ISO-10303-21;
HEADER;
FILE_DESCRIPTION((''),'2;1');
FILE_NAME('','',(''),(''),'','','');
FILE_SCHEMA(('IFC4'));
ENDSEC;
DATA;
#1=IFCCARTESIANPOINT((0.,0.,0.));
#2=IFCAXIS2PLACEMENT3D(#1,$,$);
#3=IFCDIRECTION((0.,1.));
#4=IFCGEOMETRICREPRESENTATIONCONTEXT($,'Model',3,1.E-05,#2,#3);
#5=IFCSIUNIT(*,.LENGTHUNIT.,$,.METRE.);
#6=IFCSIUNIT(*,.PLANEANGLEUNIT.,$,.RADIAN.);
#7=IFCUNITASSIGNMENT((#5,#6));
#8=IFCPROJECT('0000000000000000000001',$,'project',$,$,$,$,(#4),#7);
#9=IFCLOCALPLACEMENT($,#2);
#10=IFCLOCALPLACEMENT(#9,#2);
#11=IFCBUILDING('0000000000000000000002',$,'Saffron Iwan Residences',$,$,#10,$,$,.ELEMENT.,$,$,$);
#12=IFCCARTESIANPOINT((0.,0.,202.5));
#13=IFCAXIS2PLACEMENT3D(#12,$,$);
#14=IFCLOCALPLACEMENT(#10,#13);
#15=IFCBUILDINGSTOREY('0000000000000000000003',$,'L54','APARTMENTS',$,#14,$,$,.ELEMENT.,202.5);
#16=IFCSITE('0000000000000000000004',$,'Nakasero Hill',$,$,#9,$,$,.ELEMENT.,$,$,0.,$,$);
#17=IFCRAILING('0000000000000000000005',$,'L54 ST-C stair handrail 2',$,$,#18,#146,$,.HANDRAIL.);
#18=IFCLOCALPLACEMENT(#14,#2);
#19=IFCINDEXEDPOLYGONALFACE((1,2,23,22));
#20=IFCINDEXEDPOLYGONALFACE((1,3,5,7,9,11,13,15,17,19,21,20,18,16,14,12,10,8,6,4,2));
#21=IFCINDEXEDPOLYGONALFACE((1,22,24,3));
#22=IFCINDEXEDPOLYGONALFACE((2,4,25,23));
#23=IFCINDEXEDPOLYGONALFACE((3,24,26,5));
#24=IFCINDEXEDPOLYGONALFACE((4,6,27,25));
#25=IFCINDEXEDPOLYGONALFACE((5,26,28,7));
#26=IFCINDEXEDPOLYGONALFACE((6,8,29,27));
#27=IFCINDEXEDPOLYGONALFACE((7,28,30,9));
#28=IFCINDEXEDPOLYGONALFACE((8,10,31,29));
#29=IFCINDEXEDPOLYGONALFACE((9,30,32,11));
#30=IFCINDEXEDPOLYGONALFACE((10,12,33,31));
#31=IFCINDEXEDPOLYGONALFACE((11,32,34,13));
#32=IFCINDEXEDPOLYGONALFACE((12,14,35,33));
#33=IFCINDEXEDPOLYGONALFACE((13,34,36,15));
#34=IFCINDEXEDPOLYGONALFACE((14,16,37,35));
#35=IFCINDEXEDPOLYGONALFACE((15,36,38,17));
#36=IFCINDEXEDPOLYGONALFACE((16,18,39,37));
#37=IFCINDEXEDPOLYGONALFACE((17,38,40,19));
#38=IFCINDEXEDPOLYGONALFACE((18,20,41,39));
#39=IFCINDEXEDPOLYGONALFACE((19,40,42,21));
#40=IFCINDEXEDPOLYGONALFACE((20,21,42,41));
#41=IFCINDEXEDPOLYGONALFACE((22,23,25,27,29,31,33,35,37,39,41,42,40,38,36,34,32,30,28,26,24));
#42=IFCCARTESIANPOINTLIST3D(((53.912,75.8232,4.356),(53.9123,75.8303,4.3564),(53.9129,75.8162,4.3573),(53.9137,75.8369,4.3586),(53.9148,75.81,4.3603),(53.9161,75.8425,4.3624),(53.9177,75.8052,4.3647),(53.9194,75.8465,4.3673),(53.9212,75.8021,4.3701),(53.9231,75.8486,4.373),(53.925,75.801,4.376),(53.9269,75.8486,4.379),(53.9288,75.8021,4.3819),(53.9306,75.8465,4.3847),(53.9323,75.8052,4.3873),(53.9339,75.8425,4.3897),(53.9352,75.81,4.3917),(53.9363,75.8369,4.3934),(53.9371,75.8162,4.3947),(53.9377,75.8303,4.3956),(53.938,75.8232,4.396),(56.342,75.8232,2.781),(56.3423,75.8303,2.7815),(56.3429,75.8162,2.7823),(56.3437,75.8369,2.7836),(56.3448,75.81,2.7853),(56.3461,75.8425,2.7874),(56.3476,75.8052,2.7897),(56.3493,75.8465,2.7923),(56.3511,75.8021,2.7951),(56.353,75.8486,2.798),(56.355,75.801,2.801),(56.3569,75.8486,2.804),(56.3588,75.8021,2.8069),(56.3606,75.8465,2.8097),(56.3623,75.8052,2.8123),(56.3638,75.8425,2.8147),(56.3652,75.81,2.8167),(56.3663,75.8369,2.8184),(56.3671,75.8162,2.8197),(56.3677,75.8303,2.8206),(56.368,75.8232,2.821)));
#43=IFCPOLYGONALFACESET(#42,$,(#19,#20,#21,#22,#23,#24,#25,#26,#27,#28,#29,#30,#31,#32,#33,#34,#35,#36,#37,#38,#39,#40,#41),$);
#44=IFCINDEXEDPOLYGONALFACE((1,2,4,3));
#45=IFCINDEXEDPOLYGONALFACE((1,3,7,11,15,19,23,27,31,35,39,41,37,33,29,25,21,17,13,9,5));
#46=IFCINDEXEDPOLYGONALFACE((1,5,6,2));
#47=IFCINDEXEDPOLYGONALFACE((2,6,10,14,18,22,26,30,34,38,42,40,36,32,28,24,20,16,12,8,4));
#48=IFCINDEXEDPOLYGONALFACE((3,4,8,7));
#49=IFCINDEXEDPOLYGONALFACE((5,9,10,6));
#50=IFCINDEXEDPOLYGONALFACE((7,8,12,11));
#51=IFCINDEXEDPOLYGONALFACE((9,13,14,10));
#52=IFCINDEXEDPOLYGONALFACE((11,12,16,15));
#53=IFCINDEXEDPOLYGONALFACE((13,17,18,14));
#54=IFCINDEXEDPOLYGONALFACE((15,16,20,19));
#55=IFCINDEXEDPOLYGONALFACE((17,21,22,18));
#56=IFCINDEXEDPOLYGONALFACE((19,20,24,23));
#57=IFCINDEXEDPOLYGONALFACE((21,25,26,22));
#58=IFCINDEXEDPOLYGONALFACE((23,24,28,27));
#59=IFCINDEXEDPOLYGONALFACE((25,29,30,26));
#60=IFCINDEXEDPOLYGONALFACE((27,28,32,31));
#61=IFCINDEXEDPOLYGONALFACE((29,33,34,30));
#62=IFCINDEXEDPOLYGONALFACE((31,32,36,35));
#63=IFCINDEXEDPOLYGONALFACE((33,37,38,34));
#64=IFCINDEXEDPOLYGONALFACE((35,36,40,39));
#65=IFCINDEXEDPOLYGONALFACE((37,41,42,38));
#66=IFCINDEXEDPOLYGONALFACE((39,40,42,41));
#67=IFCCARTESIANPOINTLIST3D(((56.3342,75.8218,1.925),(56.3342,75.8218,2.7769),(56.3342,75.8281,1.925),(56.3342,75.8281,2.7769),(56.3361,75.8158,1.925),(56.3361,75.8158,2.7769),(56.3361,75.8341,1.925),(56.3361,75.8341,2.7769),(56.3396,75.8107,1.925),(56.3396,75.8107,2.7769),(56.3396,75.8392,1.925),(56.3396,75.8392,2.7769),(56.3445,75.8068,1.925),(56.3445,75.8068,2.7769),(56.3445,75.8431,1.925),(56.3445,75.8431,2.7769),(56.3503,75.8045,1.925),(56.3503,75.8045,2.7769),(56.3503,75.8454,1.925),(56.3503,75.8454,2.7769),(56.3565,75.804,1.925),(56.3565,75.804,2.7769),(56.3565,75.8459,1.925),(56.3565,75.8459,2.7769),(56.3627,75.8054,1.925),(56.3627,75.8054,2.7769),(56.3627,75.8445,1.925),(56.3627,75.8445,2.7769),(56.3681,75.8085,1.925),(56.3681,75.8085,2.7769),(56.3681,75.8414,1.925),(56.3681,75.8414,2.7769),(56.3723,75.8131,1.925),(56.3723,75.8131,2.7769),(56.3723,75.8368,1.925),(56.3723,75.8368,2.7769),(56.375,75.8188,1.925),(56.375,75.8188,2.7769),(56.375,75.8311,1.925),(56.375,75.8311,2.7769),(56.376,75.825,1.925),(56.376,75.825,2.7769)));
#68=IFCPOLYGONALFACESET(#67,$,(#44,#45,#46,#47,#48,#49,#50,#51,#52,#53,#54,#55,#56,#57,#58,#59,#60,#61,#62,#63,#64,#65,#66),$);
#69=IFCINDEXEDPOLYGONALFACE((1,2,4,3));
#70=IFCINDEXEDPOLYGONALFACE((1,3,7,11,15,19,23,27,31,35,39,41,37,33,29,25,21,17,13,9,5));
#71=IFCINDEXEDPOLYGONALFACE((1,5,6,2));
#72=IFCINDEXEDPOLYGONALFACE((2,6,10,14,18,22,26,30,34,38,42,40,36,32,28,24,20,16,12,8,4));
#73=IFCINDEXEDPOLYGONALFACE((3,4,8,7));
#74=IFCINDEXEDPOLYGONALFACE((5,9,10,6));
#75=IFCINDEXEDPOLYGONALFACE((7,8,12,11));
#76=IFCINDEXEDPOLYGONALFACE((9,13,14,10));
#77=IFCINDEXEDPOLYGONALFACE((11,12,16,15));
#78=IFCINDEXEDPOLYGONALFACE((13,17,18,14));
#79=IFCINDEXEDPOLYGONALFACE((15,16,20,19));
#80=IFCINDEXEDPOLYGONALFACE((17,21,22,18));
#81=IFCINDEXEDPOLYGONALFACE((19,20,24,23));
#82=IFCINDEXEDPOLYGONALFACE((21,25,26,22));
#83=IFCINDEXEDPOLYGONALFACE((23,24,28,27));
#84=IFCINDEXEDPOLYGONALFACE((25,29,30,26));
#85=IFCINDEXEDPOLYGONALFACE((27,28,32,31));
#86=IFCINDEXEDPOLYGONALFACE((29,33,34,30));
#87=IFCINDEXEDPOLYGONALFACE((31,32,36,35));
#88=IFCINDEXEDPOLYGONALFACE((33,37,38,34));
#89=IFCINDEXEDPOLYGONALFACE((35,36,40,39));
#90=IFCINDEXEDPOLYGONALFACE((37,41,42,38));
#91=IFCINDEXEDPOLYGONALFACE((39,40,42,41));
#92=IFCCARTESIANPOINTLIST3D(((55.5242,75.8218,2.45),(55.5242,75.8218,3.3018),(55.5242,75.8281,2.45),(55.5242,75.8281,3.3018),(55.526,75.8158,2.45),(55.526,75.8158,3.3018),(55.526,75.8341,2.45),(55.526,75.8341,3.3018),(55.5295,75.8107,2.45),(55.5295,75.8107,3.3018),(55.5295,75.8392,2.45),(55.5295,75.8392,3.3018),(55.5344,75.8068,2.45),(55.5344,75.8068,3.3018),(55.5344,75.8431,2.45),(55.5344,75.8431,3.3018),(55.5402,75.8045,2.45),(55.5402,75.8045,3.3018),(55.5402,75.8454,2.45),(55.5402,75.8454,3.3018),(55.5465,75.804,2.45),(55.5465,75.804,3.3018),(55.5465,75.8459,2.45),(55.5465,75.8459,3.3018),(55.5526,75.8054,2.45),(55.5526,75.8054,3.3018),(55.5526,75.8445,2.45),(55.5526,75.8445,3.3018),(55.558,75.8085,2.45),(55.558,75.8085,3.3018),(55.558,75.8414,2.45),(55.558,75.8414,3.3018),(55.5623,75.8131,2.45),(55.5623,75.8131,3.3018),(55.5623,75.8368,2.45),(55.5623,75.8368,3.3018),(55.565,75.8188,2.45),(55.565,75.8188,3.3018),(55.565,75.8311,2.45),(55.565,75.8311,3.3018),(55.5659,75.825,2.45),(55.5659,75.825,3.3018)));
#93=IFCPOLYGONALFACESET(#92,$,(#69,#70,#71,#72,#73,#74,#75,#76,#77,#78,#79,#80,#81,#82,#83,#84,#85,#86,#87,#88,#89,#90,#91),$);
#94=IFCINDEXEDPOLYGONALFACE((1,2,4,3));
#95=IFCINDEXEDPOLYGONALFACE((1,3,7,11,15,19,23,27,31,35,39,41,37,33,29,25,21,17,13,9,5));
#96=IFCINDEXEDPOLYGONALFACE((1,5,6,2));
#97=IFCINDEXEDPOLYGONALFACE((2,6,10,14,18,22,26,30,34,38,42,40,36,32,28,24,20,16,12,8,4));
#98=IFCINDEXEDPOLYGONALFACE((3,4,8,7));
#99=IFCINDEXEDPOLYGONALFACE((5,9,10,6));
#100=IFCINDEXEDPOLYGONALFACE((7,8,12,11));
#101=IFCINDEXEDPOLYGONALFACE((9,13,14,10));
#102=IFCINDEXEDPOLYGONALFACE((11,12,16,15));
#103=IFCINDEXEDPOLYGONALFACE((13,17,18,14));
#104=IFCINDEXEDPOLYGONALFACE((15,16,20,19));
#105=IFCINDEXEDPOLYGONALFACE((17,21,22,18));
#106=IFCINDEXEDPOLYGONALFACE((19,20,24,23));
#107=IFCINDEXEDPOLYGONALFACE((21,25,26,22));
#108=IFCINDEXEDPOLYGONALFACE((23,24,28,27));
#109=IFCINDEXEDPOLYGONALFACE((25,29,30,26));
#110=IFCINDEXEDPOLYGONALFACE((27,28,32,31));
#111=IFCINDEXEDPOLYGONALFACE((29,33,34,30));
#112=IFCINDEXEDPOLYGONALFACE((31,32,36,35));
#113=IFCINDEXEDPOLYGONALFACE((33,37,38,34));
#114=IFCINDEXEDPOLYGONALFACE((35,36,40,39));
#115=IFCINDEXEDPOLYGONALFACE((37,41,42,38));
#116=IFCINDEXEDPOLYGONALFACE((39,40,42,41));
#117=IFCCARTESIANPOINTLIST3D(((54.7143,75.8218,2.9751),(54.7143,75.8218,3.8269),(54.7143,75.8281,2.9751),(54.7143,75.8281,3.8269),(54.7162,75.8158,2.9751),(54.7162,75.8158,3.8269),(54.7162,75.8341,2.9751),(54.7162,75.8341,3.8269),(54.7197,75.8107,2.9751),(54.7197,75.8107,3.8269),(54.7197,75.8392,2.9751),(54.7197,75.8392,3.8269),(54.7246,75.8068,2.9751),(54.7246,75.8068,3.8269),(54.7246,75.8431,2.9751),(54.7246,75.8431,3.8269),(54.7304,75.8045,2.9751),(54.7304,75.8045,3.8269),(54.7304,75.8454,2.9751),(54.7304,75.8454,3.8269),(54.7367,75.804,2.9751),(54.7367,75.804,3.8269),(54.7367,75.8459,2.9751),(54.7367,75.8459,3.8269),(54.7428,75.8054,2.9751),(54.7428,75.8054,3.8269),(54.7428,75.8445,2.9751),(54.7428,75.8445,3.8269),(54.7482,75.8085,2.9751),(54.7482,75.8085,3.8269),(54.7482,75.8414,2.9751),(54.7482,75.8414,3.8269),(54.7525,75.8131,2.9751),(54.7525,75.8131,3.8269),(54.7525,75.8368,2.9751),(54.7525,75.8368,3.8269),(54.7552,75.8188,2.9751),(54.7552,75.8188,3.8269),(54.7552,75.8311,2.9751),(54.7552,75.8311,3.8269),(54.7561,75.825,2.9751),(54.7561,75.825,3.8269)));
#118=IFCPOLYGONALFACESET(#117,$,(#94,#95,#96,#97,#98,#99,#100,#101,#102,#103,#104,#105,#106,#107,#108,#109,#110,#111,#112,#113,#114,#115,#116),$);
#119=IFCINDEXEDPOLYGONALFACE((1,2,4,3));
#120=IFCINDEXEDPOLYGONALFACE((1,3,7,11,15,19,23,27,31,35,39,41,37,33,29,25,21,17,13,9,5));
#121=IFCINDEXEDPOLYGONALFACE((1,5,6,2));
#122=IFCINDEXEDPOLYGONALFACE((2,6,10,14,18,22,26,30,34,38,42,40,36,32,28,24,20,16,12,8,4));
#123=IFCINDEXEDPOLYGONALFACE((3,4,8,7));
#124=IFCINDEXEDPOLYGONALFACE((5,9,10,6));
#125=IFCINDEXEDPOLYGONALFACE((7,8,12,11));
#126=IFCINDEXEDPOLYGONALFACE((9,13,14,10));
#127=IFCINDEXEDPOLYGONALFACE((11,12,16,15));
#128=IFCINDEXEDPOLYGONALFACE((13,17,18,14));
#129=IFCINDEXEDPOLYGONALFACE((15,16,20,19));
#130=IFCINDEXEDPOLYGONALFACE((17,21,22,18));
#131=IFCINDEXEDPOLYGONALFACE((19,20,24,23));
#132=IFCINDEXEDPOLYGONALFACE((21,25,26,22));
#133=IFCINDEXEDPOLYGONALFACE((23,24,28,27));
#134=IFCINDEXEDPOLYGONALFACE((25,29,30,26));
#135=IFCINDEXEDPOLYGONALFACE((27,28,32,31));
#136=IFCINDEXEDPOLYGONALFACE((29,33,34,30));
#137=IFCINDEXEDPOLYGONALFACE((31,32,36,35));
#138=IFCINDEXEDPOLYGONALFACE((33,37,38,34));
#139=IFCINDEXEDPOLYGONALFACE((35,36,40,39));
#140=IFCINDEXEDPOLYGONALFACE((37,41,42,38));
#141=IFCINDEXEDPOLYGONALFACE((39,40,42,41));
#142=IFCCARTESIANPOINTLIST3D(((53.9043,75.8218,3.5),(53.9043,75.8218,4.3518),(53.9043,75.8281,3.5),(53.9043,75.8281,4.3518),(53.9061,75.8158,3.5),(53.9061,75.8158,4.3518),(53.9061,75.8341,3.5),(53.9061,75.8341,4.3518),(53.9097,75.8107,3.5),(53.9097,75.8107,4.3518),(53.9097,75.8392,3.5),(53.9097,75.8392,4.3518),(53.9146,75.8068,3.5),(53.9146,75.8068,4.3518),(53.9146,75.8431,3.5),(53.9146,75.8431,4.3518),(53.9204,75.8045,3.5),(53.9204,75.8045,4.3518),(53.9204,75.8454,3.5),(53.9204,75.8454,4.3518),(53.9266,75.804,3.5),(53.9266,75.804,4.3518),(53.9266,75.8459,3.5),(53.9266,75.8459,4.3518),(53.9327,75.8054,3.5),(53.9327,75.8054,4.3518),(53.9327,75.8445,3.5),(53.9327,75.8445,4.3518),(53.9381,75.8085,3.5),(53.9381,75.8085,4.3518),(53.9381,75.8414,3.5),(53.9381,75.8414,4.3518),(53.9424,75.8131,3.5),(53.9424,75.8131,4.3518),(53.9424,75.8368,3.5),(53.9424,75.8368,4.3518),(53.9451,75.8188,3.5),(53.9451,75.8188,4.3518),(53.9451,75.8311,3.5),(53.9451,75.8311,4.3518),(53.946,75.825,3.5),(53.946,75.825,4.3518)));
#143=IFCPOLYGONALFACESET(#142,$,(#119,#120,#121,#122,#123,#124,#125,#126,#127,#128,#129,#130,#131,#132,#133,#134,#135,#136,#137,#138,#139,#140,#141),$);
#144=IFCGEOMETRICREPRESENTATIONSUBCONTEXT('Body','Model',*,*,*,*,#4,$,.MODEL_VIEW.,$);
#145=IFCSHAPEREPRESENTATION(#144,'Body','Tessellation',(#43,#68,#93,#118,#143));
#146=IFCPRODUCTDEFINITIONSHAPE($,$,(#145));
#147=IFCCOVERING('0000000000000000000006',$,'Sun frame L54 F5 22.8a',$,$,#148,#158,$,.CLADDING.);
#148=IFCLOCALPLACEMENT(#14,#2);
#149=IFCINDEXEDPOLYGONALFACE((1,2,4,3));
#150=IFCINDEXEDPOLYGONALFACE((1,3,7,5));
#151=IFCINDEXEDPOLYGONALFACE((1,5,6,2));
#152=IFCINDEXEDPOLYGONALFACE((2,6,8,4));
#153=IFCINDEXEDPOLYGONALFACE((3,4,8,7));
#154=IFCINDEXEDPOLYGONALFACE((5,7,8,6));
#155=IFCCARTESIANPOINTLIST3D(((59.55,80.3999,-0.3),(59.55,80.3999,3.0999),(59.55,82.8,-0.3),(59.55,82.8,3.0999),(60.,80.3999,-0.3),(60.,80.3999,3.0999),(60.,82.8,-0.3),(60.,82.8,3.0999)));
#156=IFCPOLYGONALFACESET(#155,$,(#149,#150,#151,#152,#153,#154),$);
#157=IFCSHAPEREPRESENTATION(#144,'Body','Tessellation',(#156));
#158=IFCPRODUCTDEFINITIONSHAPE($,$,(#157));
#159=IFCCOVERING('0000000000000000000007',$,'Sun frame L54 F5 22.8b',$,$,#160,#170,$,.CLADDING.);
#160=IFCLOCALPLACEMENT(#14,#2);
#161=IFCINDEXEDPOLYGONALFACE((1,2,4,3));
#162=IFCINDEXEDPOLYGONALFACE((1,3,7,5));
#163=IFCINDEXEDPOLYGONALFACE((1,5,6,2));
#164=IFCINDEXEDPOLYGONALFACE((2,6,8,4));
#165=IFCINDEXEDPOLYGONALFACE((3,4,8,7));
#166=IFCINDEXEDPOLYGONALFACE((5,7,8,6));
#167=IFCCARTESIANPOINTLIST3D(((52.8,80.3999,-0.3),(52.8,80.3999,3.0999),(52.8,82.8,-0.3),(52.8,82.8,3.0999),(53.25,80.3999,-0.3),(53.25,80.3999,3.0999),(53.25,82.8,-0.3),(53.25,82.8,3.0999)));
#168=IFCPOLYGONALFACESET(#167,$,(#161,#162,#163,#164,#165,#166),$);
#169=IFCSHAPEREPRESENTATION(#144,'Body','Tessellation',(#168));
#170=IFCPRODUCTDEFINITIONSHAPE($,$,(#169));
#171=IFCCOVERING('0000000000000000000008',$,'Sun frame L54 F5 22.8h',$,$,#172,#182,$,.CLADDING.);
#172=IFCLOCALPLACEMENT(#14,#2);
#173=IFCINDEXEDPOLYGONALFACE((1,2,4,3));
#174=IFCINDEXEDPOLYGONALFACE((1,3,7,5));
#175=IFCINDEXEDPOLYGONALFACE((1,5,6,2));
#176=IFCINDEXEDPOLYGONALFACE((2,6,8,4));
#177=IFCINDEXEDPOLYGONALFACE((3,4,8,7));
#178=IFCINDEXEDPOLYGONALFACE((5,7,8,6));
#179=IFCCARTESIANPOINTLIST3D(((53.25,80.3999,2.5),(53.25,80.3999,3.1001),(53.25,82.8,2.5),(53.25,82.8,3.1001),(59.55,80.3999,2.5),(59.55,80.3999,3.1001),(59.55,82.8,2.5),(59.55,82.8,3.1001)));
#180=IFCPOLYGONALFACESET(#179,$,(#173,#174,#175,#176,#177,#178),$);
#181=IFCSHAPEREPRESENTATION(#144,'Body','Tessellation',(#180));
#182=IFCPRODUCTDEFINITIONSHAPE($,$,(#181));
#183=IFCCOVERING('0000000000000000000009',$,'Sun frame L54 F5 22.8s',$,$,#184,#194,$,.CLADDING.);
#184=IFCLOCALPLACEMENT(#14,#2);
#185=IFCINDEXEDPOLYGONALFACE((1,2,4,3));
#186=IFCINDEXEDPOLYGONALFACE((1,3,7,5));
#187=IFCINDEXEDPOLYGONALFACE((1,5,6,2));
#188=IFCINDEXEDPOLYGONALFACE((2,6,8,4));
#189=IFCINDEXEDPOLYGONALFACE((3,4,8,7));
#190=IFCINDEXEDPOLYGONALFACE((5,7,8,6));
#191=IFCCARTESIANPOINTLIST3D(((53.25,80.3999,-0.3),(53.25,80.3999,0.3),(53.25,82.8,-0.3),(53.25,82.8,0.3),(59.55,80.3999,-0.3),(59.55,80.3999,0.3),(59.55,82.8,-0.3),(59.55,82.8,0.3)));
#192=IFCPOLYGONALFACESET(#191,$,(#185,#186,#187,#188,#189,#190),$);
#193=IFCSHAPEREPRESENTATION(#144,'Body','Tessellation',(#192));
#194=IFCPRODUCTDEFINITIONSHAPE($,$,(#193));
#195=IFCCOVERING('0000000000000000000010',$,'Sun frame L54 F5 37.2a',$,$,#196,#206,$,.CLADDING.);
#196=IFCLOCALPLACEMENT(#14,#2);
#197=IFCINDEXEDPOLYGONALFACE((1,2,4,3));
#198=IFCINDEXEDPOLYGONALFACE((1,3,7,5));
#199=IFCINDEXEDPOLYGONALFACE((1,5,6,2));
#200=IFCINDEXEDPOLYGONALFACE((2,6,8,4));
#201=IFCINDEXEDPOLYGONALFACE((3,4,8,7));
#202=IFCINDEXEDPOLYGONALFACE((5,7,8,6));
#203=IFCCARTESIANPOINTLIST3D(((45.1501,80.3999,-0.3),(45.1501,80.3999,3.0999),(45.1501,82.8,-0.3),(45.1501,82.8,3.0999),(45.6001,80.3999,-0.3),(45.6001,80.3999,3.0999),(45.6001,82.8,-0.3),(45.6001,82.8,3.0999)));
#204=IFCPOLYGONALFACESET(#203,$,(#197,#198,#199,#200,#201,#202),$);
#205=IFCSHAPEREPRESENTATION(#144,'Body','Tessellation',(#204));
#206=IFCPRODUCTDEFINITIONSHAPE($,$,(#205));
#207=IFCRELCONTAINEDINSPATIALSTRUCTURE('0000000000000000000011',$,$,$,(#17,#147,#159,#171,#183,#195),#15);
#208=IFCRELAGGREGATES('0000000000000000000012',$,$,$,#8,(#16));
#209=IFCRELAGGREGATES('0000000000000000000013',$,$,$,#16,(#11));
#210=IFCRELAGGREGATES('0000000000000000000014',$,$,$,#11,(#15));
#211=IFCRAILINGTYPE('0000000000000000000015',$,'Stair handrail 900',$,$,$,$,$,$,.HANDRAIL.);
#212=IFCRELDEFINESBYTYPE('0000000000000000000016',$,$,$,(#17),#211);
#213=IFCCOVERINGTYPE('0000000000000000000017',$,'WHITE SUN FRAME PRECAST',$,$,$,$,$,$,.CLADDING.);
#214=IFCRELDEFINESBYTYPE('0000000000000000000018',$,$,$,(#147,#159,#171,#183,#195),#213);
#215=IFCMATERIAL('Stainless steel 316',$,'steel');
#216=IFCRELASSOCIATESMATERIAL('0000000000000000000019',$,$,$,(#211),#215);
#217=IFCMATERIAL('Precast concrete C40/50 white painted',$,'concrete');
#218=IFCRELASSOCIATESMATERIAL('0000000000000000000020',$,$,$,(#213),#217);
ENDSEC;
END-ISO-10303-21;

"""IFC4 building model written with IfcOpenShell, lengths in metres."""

from ifc_helpers import new_model, si_unit, direction, frame, origin, origin_2d, place, context, subcontext, project, spatial, polyline, circle, outline, extrude, material, type_object, element, save


model = new_model("IFC4")

# Units and contexts
model_context = context("Model", 3, precision=1e-05, world=origin(), true_north=direction((0.0, 1.0)))
body_context = subcontext(model_context, "Body", "Model", "MODEL_VIEW")
ifc_project = project(units=[si_unit("LENGTHUNIT", "METRE"), si_unit("PLANEANGLEUNIT", "RADIAN")], contexts=[model_context])

# Site, building, storey
site_placement = place(None, origin())
site = spatial("IfcSite", under=ifc_project, at=site_placement, Name="Nakasero Hill", CompositionType="ELEMENT", RefElevation=0.0)
building_placement = place(site_placement, origin())
building = spatial("IfcBuilding", under=site, at=building_placement, Name="Saffron Iwan Residences", CompositionType="ELEMENT")
storey_placement = place(building_placement, frame((0.0, 0.0, 202.5)))
storey = spatial("IfcBuildingStorey", under=building, at=storey_placement, Name="L54", Description="APARTMENTS", CompositionType="ELEMENT", Elevation=202.5)

# Railing
ifc_material_1 = material(Name="Stainless steel 316", Category="steel")
railing_type_1 = type_object("IfcRailingType", Name="Stair handrail 900", PredefinedType="HANDRAIL", material=ifc_material_1)
railing_1_placement = place(storey_placement, frame((56.355, 75.825, 1.925)))
element("IfcRailing", 1, at=railing_1_placement, inside=storey, type_object=railing_type_1, Name="L54 ST-C stair handrail 2", PredefinedType="HANDRAIL", context=body_context, shape_type="SweptSolid", body=[
    extrude(circle(Radius=0.0239, at=origin_2d()), frame((0.0, 0.0, 0.876), z_axis=(-0.839154, 0.0, 0.543894), x_axis=(0.0, -1.0, 0.0)), (0.0, 0.0, 1.0), 2.8958),
    extrude(circle(Radius=0.021, at=origin_2d()), origin(), (0.0, 0.0, 1.0), 0.8518),
    extrude(circle(Radius=0.021, at=origin_2d()), frame((-0.8101, 0.0, 0.5249)), (0.0, 0.0, 1.0), 0.8518),
    extrude(circle(Radius=0.021, at=origin_2d()), frame((-1.6199, 0.0, 1.05)), (0.0, 0.0, 1.0), 0.8518),
    extrude(circle(Radius=0.021, at=origin_2d()), frame((-2.4299, 0.0, 1.575)), (0.0, 0.0, 1.0), 0.8518),
])

# Coverings
ifc_material_2 = material(Name="Precast concrete C40/50 white painted", Category="concrete")
covering_type_1 = type_object("IfcCoveringType", Name="WHITE SUN FRAME PRECAST", PredefinedType="CLADDING", material=ifc_material_2)
for number, where, z_axis, x_axis, name in (
    (2, (60.0, 80.3999, -0.3), (0.0, 1.0, 0.0), (-1.0, 0.0, 0.0), "Sun frame L54 F5 22.8a"),
    (3, (53.25, 80.3999, -0.3), (0.0, 1.0, 0.0), (-1.0, 0.0, 0.0), "Sun frame L54 F5 22.8b"),
):
    element("IfcCovering", number, at=place(storey_placement, frame(where, z_axis=z_axis, x_axis=x_axis)), inside=storey, type_object=covering_type_1, Name=name, PredefinedType="CLADDING", context=body_context, shape_type="SweptSolid", body=[
        extrude(outline(polyline([(0.0, 0.0), (0.45, 0.0), (0.45, 3.3999), (0.0, 3.3999), (0.0, 0.0)])), origin(), (0.0, 0.0, 1.0), 2.4001),
    ])
for number, where, z_axis, x_axis, name in (
    (4, (59.55, 80.3999, 2.5), (0.0, 1.0, 0.0), (-1.0, 0.0, 0.0), "Sun frame L54 F5 22.8h"),
    (5, (59.55, 80.3999, -0.3), (0.0, 1.0, 0.0), (-1.0, 0.0, 0.0), "Sun frame L54 F5 22.8s"),
):
    element("IfcCovering", number, at=place(storey_placement, frame(where, z_axis=z_axis, x_axis=x_axis)), inside=storey, type_object=covering_type_1, Name=name, PredefinedType="CLADDING", context=body_context, shape_type="SweptSolid", body=[
        extrude(outline(polyline([(0.0, 0.0), (6.3, 0.0), (6.3, 0.6001), (0.0, 0.6001), (0.0, 0.0)])), origin(), (0.0, 0.0, 1.0), 2.4001),
    ])
covering_placement = place(storey_placement, frame((45.6001, 80.3999, -0.3), z_axis=(0.0, 1.0, 0.0), x_axis=(-1.0, 0.0, 0.0)))
element("IfcCovering", 6, at=covering_placement, inside=storey, type_object=covering_type_1, Name="Sun frame L54 F5 37.2a", PredefinedType="CLADDING", context=body_context, shape_type="SweptSolid", body=[
    extrude(outline(polyline([(0.0, 0.0), (0.45, 0.0), (0.45, 3.3999), (0.0, 3.3999), (0.0, 0.0)])), origin(), (0.0, 0.0, 1.0), 2.4001),
])

save(model, "model.ifc")
